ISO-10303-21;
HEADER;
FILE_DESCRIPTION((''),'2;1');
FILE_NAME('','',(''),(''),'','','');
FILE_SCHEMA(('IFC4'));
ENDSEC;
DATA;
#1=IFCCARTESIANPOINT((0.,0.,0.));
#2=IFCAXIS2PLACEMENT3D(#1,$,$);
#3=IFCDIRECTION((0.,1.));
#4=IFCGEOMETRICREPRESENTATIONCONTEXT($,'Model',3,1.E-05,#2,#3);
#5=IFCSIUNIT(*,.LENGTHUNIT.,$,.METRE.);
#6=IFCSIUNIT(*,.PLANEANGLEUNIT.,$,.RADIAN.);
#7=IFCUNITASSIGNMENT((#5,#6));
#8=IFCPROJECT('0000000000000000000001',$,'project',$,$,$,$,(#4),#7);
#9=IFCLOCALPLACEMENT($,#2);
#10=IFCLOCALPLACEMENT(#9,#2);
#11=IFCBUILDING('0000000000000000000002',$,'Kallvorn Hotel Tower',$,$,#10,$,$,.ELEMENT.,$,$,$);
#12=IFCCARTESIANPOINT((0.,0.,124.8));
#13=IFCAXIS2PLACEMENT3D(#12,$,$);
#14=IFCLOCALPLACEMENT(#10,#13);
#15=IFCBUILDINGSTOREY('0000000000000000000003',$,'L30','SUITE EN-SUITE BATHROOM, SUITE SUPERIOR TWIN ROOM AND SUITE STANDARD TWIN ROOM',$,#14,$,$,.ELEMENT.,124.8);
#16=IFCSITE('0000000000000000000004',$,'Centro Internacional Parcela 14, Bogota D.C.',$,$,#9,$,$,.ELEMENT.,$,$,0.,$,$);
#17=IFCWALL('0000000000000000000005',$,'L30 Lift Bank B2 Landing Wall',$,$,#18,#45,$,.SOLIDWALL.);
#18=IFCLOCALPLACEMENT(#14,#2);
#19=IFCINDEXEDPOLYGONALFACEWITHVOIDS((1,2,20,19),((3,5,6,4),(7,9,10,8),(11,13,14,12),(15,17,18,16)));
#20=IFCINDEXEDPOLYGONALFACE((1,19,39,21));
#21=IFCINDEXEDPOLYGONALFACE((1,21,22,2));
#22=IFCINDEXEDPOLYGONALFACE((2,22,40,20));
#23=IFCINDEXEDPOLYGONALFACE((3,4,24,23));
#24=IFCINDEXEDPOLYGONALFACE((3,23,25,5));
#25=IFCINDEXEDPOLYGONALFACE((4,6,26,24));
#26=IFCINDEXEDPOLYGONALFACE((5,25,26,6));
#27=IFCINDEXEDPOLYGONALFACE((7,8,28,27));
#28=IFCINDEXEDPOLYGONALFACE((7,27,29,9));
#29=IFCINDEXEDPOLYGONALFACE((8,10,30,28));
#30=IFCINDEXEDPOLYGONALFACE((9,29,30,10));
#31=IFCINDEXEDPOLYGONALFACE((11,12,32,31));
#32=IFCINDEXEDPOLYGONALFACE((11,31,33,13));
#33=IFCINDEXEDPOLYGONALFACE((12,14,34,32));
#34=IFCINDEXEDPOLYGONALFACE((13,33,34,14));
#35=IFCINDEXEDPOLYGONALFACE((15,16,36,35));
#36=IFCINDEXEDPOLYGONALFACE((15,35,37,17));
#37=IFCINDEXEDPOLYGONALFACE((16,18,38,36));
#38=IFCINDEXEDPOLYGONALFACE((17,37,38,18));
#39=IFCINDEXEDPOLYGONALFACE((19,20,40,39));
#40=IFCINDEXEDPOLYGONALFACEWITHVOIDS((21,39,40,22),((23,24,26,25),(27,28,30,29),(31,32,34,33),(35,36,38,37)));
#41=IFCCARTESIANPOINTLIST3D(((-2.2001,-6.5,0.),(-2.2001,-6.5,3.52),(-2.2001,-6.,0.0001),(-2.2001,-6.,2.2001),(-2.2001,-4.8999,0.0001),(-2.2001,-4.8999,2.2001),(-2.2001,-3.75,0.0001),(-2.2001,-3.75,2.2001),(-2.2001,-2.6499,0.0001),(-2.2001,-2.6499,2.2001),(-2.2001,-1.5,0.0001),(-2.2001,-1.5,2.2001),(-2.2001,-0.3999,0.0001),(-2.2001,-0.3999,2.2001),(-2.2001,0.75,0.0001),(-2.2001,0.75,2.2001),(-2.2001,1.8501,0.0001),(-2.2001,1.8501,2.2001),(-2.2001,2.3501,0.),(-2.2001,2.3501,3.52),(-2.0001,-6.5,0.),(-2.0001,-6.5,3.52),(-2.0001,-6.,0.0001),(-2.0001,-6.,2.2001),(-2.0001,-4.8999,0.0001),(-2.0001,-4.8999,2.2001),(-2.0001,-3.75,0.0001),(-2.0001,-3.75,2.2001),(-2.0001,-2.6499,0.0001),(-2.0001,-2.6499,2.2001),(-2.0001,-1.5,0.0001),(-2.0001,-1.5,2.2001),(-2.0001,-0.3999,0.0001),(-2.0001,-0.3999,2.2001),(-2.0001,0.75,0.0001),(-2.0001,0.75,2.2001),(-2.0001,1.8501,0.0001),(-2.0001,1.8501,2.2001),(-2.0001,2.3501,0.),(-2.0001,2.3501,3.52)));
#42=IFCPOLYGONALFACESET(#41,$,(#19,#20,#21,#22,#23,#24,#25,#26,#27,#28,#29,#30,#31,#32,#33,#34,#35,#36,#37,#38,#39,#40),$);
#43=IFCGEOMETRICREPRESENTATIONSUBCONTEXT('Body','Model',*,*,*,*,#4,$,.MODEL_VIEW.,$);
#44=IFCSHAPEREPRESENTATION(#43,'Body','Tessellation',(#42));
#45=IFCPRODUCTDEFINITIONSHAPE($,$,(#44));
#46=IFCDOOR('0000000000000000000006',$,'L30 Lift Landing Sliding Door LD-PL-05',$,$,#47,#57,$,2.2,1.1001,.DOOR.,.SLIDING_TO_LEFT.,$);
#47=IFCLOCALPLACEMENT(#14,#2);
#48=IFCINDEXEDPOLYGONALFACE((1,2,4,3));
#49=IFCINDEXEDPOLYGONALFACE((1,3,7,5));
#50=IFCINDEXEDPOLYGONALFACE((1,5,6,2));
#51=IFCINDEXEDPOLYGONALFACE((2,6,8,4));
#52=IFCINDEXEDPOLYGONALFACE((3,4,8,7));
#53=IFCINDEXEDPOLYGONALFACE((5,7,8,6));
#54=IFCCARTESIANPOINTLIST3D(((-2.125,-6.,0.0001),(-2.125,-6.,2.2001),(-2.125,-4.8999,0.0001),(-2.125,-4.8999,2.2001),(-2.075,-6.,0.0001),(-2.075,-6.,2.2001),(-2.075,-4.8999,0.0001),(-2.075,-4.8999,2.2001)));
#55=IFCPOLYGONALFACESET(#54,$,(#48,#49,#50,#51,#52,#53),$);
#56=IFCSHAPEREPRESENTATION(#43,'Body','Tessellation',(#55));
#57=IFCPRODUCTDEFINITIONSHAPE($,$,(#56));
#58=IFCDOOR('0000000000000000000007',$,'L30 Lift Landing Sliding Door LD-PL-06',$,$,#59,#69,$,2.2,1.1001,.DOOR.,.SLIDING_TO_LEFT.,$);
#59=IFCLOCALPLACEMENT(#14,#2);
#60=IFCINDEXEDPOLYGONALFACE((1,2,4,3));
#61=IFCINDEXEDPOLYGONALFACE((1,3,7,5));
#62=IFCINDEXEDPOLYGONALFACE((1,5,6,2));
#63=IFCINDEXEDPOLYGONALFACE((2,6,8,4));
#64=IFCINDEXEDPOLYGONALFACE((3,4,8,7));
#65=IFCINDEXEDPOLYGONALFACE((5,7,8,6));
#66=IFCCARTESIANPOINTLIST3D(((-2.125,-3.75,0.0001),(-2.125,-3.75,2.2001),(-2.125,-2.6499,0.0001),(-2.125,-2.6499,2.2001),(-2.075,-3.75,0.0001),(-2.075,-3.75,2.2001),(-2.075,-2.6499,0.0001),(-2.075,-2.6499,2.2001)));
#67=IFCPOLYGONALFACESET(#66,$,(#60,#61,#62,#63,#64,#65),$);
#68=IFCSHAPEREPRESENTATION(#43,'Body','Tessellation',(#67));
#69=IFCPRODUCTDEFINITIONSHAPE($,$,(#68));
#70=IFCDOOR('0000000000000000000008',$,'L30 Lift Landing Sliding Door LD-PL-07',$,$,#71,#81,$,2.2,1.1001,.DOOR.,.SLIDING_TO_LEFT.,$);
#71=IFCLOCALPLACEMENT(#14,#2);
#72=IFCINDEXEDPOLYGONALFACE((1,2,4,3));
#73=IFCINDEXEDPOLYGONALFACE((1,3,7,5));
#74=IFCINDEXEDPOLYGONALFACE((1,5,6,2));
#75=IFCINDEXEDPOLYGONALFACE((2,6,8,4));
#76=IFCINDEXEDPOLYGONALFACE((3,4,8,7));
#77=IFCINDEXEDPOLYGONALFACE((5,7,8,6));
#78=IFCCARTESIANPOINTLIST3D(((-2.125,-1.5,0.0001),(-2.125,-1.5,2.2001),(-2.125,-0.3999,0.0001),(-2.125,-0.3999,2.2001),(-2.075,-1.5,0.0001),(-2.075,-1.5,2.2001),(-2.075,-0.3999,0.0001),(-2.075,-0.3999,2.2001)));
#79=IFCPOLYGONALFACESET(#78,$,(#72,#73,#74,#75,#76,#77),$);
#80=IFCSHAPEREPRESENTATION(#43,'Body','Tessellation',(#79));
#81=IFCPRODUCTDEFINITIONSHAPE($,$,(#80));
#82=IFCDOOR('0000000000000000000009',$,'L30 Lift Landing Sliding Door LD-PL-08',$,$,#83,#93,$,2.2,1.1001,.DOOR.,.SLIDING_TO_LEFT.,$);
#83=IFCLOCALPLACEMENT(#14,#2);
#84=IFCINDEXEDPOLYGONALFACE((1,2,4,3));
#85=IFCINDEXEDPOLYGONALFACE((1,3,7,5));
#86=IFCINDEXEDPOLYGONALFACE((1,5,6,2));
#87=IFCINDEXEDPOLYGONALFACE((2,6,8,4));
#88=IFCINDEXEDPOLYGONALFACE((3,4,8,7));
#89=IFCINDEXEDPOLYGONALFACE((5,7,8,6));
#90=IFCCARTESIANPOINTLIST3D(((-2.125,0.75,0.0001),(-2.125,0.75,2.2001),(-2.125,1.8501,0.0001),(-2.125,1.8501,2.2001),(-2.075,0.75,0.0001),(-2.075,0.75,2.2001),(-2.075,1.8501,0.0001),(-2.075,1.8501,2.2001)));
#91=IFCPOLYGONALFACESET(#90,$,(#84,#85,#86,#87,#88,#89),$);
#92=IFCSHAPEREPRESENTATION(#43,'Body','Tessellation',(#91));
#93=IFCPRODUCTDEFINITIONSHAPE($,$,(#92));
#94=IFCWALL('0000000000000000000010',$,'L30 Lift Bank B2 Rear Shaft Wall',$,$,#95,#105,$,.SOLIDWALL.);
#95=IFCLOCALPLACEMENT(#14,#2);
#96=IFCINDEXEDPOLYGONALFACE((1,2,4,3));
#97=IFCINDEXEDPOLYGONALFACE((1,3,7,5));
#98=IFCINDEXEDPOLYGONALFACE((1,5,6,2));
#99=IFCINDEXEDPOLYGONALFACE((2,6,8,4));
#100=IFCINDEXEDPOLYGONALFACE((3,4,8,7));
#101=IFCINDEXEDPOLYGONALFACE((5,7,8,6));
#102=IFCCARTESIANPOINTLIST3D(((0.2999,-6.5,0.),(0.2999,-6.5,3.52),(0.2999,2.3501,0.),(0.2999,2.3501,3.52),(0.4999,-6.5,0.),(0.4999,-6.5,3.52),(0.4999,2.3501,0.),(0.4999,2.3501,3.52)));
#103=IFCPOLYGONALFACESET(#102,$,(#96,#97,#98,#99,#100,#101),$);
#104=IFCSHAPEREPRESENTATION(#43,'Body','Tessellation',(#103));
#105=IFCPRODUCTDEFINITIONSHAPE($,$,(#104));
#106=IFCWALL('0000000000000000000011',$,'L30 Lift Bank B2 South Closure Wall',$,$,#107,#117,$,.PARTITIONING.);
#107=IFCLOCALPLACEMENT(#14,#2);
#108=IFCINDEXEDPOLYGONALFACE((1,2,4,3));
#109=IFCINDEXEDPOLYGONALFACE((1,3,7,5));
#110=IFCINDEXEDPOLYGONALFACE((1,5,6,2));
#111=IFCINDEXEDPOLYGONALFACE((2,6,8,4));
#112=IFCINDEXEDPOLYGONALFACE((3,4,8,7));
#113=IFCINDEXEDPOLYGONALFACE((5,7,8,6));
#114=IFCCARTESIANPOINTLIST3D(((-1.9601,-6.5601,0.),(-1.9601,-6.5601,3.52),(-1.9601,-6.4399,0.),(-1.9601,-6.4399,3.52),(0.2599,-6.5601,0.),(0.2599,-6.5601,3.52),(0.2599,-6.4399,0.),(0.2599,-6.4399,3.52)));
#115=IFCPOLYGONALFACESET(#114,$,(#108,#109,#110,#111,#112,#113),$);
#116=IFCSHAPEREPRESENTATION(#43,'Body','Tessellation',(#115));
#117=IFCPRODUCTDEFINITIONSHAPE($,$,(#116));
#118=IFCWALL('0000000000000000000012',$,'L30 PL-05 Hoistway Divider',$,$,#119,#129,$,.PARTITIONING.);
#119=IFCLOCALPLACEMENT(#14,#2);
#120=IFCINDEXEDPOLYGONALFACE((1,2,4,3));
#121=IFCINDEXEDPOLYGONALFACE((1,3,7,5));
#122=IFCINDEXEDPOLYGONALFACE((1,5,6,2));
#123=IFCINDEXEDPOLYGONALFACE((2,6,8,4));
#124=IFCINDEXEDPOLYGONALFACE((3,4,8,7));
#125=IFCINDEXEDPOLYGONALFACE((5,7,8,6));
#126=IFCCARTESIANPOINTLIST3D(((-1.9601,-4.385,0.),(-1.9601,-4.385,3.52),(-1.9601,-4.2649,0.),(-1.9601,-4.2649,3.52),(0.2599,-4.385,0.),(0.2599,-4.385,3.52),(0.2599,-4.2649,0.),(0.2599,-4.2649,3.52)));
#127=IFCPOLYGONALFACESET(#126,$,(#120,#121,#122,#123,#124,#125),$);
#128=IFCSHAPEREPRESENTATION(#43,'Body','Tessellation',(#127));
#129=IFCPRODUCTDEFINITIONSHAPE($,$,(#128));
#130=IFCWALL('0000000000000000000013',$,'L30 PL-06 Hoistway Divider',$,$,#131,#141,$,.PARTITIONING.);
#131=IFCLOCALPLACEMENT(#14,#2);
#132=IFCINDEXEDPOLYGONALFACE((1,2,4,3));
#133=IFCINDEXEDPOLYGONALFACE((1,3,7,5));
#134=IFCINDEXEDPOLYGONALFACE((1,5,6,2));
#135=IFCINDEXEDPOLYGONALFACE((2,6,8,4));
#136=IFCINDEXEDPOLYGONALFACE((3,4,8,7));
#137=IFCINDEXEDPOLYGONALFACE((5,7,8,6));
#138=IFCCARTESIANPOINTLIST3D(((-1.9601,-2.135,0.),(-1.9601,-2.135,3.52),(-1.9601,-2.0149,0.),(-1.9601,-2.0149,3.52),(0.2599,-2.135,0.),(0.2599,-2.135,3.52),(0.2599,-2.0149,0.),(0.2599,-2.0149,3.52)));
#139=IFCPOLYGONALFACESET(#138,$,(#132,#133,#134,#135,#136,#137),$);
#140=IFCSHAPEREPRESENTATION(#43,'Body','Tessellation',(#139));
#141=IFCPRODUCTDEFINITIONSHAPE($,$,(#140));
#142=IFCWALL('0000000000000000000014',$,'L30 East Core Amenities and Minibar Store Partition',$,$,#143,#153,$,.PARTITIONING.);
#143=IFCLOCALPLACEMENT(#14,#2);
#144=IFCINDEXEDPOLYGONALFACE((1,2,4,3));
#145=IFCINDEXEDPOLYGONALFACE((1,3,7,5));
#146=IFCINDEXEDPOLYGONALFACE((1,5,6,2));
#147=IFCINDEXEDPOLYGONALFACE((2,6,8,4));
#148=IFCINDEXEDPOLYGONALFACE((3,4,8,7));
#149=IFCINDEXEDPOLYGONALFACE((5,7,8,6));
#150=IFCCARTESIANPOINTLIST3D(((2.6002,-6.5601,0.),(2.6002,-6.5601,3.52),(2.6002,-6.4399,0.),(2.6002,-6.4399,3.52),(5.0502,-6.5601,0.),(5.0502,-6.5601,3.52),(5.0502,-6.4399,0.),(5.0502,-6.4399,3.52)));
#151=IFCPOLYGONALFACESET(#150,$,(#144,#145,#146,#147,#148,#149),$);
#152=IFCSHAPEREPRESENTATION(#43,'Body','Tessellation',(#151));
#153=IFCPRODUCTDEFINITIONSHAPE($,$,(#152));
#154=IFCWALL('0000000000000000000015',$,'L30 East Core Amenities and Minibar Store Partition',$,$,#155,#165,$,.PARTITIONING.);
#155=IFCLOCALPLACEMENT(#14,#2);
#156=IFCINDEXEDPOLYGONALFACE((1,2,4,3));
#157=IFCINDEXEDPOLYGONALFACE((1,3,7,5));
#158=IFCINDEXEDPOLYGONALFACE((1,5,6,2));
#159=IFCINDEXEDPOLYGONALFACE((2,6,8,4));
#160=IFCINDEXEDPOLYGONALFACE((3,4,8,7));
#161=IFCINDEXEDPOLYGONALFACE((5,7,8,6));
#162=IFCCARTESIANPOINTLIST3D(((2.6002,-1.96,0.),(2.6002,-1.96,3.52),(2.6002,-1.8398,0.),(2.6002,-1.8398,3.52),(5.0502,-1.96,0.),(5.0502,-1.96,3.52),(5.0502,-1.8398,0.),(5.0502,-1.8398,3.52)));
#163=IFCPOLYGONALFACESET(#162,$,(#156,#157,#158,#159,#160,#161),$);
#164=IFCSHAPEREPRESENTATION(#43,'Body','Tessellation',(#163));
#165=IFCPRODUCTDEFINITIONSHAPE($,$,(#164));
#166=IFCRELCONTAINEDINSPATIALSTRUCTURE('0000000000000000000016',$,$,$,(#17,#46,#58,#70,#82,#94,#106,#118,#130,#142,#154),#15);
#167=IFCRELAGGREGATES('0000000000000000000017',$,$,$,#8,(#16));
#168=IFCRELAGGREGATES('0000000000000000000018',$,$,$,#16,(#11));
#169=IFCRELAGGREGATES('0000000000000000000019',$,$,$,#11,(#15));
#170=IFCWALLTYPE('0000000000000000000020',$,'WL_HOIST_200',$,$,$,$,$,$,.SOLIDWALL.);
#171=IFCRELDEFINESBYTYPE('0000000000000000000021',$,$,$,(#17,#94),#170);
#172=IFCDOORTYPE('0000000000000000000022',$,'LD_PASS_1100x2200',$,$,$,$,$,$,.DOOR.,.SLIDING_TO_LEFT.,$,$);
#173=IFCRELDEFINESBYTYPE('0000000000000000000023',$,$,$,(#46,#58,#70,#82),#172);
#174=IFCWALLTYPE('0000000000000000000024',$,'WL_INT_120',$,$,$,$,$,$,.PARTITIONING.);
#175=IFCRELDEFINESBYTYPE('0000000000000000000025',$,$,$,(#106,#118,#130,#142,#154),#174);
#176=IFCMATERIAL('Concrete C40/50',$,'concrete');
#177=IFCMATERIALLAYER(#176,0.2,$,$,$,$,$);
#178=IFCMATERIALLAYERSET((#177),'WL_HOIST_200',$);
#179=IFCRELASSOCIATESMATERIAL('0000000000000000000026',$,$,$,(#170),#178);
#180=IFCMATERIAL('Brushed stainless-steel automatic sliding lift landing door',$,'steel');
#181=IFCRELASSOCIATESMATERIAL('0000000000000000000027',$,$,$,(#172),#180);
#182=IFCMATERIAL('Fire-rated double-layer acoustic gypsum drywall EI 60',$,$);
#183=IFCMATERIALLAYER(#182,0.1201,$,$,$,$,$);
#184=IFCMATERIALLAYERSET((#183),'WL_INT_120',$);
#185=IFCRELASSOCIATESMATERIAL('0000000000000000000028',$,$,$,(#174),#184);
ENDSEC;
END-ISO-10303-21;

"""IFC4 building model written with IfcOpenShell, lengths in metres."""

from ifc_helpers import new_model, si_unit, direction, frame, frame_2d, origin, place, context, subcontext, project, spatial, rectangle, extrude, material, layer, layer_set, type_object, element, fill, save


model = new_model("IFC4")

# Units and contexts
model_context = context("Model", 3, precision=1e-05, world=origin(), true_north=direction((0.0, 1.0)))
body_context = subcontext(model_context, "Body", "Model", "MODEL_VIEW")
ifc_project = project(units=[si_unit("LENGTHUNIT", "METRE"), si_unit("PLANEANGLEUNIT", "RADIAN")], contexts=[model_context])

# Site, building, storey
site_placement = place(None, origin())
site = spatial("IfcSite", under=ifc_project, at=site_placement, Name="Centro Internacional Parcela 14, Bogota D.C.", CompositionType="ELEMENT", RefElevation=0.0)
building_placement = place(site_placement, origin())
building = spatial("IfcBuilding", under=site, at=building_placement, Name="Kallvorn Hotel Tower", CompositionType="ELEMENT")
storey_placement = place(building_placement, frame((0.0, 0.0, 124.8)))
storey = spatial("IfcBuildingStorey", under=building, at=storey_placement, Name="L30", Description="SUITE EN-SUITE BATHROOM, SUITE SUPERIOR TWIN ROOM AND SUITE STANDARD TWIN ROOM", CompositionType="ELEMENT", Elevation=124.8)

# Wall, openings, doors
ifc_material_1 = material(Name="Concrete C40/50", Category="concrete")
ifc_layer_1 = layer(ifc_material_1, 0.2)
ifc_layer_set_1 = layer_set([ifc_layer_1], Name="WL_HOIST_200")
wall_type_1 = type_object("IfcWallType", Name="WL_HOIST_200", PredefinedType="SOLIDWALL", material=ifc_layer_set_1)
wall_1_placement = place(storey_placement, frame((-2.1001, -6.5, 0.0), z_axis=(0.0, 0.0, 1.0), x_axis=(0.0, 1.0, 0.0)))
wall_1 = element("IfcWall", 1, at=wall_1_placement, inside=storey, type_object=wall_type_1, Name="L30 Lift Bank B2 Landing Wall", PredefinedType="SOLIDWALL", context=body_context, shape_type="SweptSolid", body=[
    extrude(rectangle(XDim=8.8501, YDim=0.2, at=frame_2d((4.425, 0.0))), origin(), (0.0, 0.0, 1.0), 3.52),
])
opening_1_placement = place(wall_1_placement, frame((0.5, 0.0, 0.0)))
opening_1 = element("IfcOpeningElement", 2, at=opening_1_placement, cuts=wall_1, PredefinedType="OPENING", context=body_context, shape_type="SweptSolid", body=[
    extrude(rectangle(XDim=1.1001, YDim=2.2, at=frame_2d((0.55, 1.1001))), frame((0.0, 0.115, 0.0), z_axis=(0.0, -1.0, 0.0), x_axis=(1.0, 0.0, 0.0)), (0.0, 0.0, 1.0), 0.23),
])
opening_2_placement = place(wall_1_placement, frame((2.75, 0.0, 0.0)))
opening_2 = element("IfcOpeningElement", 3, at=opening_2_placement, cuts=wall_1, PredefinedType="OPENING", context=body_context, shape_type="SweptSolid", body=[
    extrude(rectangle(XDim=1.1001, YDim=2.2, at=frame_2d((0.55, 1.1001))), frame((0.0, 0.115, 0.0), z_axis=(0.0, -1.0, 0.0), x_axis=(1.0, 0.0, 0.0)), (0.0, 0.0, 1.0), 0.23),
])
opening_3_placement = place(wall_1_placement, frame((5.0, 0.0, 0.0)))
opening_3 = element("IfcOpeningElement", 4, at=opening_3_placement, cuts=wall_1, PredefinedType="OPENING", context=body_context, shape_type="SweptSolid", body=[
    extrude(rectangle(XDim=1.1001, YDim=2.2, at=frame_2d((0.55, 1.1001))), frame((0.0, 0.115, 0.0), z_axis=(0.0, -1.0, 0.0), x_axis=(1.0, 0.0, 0.0)), (0.0, 0.0, 1.0), 0.23),
])
opening_4_placement = place(wall_1_placement, frame((7.25, 0.0, 0.0)))
opening_4 = element("IfcOpeningElement", 5, at=opening_4_placement, cuts=wall_1, PredefinedType="OPENING", context=body_context, shape_type="SweptSolid", body=[
    extrude(rectangle(XDim=1.1001, YDim=2.2, at=frame_2d((0.55, 1.1001))), frame((0.0, 0.115, 0.0), z_axis=(0.0, -1.0, 0.0), x_axis=(1.0, 0.0, 0.0)), (0.0, 0.0, 1.0), 0.23),
])
ifc_material_2 = material(Name="Brushed stainless-steel automatic sliding lift landing door", Category="steel")
door_type_1 = type_object("IfcDoorType", Name="LD_PASS_1100x2200", OperationType="SLIDING_TO_LEFT", PredefinedType="DOOR", material=ifc_material_2)
door_1_placement = place(opening_1_placement, origin())
door_1 = element("IfcDoor", 6, at=door_1_placement, inside=storey, type_object=door_type_1, Name="L30 Lift Landing Sliding Door LD-PL-05", OperationType="SLIDING_TO_LEFT", OverallHeight=2.2, OverallWidth=1.1001, PredefinedType="DOOR", context=body_context, shape_type="SweptSolid", body=[
    extrude(rectangle(XDim=1.1001, YDim=2.2, at=frame_2d((0.55, 1.1001))), frame((0.0, 0.0249, 0.0), z_axis=(0.0, -1.0, 0.0), x_axis=(1.0, 0.0, 0.0)), (0.0, 0.0, 1.0), 0.05),
])
fill(opening_1, door_1)
door_2_placement = place(opening_2_placement, origin())
door_2 = element("IfcDoor", 7, at=door_2_placement, inside=storey, type_object=door_type_1, Name="L30 Lift Landing Sliding Door LD-PL-06", OperationType="SLIDING_TO_LEFT", OverallHeight=2.2, OverallWidth=1.1001, PredefinedType="DOOR", context=body_context, shape_type="SweptSolid", body=[
    extrude(rectangle(XDim=1.1001, YDim=2.2, at=frame_2d((0.55, 1.1001))), frame((0.0, 0.0249, 0.0), z_axis=(0.0, -1.0, 0.0), x_axis=(1.0, 0.0, 0.0)), (0.0, 0.0, 1.0), 0.05),
])
fill(opening_2, door_2)
door_3_placement = place(opening_3_placement, origin())
door_3 = element("IfcDoor", 8, at=door_3_placement, inside=storey, type_object=door_type_1, Name="L30 Lift Landing Sliding Door LD-PL-07", OperationType="SLIDING_TO_LEFT", OverallHeight=2.2, OverallWidth=1.1001, PredefinedType="DOOR", context=body_context, shape_type="SweptSolid", body=[
    extrude(rectangle(XDim=1.1001, YDim=2.2, at=frame_2d((0.55, 1.1001))), frame((0.0, 0.0249, 0.0), z_axis=(0.0, -1.0, 0.0), x_axis=(1.0, 0.0, 0.0)), (0.0, 0.0, 1.0), 0.05),
])
fill(opening_3, door_3)
door_4_placement = place(opening_4_placement, origin())
door_4 = element("IfcDoor", 9, at=door_4_placement, inside=storey, type_object=door_type_1, Name="L30 Lift Landing Sliding Door LD-PL-08", OperationType="SLIDING_TO_LEFT", OverallHeight=2.2, OverallWidth=1.1001, PredefinedType="DOOR", context=body_context, shape_type="SweptSolid", body=[
    extrude(rectangle(XDim=1.1001, YDim=2.2, at=frame_2d((0.55, 1.1001))), frame((0.0, 0.0249, 0.0), z_axis=(0.0, -1.0, 0.0), x_axis=(1.0, 0.0, 0.0)), (0.0, 0.0, 1.0), 0.05),
])
fill(opening_4, door_4)

# Walls
wall_2_placement = place(storey_placement, frame((0.3999, -6.5, 0.0), z_axis=(0.0, 0.0, 1.0), x_axis=(0.0, 1.0, 0.0)))
element("IfcWall", 10, at=wall_2_placement, inside=storey, type_object=wall_type_1, Name="L30 Lift Bank B2 Rear Shaft Wall", PredefinedType="SOLIDWALL", context=body_context, shape_type="SweptSolid", body=[
    extrude(rectangle(XDim=8.8501, YDim=0.2, at=frame_2d((4.425, 0.0))), origin(), (0.0, 0.0, 1.0), 3.52),
])
ifc_material_3 = material(Name="Fire-rated double-layer acoustic gypsum drywall EI 60")
ifc_layer_2 = layer(ifc_material_3, 0.1201)
ifc_layer_set_2 = layer_set([ifc_layer_2], Name="WL_INT_120")
wall_type_2 = type_object("IfcWallType", Name="WL_INT_120", PredefinedType="PARTITIONING", material=ifc_layer_set_2)
for number, where, z_axis, x_axis, name in (
    (11, (-1.96, -6.5, 0.0), (0.0, 0.0, 1.0), (1.0, 0.0, 0.0), "L30 Lift Bank B2 South Closure Wall"),
    (12, (-1.96, -4.325, 0.0), (0.0, 0.0, 1.0), (1.0, 0.0, 0.0), "L30 PL-05 Hoistway Divider"),
    (13, (-1.96, -2.075, 0.0), (0.0, 0.0, 1.0), (1.0, 0.0, 0.0), "L30 PL-06 Hoistway Divider"),
):
    element("IfcWall", number, at=place(storey_placement, frame(where, z_axis=z_axis, x_axis=x_axis)), inside=storey, type_object=wall_type_2, Name=name, PredefinedType="PARTITIONING", context=body_context, shape_type="SweptSolid", body=[
        extrude(rectangle(XDim=2.22, YDim=0.1201, at=frame_2d((1.1099, 0.0))), origin(), (0.0, 0.0, 1.0), 3.52),
    ])
for number, where, z_axis, x_axis, name in (
    (14, (2.6001, -6.5, 0.0), (0.0, 0.0, 1.0), (1.0, 0.0, 0.0), "L30 East Core Amenities and Minibar Store Partition"),
    (15, (2.6001, -1.8999, 0.0), (0.0, 0.0, 1.0), (1.0, 0.0, 0.0), "L30 East Core Amenities and Minibar Store Partition"),
):
    element("IfcWall", number, at=place(storey_placement, frame(where, z_axis=z_axis, x_axis=x_axis)), inside=storey, type_object=wall_type_2, Name=name, PredefinedType="PARTITIONING", context=body_context, shape_type="SweptSolid", body=[
        extrude(rectangle(XDim=2.45, YDim=0.1201, at=frame_2d((1.2251, 0.0))), origin(), (0.0, 0.0, 1.0), 3.52),
    ])

save(model, "model.ifc")
